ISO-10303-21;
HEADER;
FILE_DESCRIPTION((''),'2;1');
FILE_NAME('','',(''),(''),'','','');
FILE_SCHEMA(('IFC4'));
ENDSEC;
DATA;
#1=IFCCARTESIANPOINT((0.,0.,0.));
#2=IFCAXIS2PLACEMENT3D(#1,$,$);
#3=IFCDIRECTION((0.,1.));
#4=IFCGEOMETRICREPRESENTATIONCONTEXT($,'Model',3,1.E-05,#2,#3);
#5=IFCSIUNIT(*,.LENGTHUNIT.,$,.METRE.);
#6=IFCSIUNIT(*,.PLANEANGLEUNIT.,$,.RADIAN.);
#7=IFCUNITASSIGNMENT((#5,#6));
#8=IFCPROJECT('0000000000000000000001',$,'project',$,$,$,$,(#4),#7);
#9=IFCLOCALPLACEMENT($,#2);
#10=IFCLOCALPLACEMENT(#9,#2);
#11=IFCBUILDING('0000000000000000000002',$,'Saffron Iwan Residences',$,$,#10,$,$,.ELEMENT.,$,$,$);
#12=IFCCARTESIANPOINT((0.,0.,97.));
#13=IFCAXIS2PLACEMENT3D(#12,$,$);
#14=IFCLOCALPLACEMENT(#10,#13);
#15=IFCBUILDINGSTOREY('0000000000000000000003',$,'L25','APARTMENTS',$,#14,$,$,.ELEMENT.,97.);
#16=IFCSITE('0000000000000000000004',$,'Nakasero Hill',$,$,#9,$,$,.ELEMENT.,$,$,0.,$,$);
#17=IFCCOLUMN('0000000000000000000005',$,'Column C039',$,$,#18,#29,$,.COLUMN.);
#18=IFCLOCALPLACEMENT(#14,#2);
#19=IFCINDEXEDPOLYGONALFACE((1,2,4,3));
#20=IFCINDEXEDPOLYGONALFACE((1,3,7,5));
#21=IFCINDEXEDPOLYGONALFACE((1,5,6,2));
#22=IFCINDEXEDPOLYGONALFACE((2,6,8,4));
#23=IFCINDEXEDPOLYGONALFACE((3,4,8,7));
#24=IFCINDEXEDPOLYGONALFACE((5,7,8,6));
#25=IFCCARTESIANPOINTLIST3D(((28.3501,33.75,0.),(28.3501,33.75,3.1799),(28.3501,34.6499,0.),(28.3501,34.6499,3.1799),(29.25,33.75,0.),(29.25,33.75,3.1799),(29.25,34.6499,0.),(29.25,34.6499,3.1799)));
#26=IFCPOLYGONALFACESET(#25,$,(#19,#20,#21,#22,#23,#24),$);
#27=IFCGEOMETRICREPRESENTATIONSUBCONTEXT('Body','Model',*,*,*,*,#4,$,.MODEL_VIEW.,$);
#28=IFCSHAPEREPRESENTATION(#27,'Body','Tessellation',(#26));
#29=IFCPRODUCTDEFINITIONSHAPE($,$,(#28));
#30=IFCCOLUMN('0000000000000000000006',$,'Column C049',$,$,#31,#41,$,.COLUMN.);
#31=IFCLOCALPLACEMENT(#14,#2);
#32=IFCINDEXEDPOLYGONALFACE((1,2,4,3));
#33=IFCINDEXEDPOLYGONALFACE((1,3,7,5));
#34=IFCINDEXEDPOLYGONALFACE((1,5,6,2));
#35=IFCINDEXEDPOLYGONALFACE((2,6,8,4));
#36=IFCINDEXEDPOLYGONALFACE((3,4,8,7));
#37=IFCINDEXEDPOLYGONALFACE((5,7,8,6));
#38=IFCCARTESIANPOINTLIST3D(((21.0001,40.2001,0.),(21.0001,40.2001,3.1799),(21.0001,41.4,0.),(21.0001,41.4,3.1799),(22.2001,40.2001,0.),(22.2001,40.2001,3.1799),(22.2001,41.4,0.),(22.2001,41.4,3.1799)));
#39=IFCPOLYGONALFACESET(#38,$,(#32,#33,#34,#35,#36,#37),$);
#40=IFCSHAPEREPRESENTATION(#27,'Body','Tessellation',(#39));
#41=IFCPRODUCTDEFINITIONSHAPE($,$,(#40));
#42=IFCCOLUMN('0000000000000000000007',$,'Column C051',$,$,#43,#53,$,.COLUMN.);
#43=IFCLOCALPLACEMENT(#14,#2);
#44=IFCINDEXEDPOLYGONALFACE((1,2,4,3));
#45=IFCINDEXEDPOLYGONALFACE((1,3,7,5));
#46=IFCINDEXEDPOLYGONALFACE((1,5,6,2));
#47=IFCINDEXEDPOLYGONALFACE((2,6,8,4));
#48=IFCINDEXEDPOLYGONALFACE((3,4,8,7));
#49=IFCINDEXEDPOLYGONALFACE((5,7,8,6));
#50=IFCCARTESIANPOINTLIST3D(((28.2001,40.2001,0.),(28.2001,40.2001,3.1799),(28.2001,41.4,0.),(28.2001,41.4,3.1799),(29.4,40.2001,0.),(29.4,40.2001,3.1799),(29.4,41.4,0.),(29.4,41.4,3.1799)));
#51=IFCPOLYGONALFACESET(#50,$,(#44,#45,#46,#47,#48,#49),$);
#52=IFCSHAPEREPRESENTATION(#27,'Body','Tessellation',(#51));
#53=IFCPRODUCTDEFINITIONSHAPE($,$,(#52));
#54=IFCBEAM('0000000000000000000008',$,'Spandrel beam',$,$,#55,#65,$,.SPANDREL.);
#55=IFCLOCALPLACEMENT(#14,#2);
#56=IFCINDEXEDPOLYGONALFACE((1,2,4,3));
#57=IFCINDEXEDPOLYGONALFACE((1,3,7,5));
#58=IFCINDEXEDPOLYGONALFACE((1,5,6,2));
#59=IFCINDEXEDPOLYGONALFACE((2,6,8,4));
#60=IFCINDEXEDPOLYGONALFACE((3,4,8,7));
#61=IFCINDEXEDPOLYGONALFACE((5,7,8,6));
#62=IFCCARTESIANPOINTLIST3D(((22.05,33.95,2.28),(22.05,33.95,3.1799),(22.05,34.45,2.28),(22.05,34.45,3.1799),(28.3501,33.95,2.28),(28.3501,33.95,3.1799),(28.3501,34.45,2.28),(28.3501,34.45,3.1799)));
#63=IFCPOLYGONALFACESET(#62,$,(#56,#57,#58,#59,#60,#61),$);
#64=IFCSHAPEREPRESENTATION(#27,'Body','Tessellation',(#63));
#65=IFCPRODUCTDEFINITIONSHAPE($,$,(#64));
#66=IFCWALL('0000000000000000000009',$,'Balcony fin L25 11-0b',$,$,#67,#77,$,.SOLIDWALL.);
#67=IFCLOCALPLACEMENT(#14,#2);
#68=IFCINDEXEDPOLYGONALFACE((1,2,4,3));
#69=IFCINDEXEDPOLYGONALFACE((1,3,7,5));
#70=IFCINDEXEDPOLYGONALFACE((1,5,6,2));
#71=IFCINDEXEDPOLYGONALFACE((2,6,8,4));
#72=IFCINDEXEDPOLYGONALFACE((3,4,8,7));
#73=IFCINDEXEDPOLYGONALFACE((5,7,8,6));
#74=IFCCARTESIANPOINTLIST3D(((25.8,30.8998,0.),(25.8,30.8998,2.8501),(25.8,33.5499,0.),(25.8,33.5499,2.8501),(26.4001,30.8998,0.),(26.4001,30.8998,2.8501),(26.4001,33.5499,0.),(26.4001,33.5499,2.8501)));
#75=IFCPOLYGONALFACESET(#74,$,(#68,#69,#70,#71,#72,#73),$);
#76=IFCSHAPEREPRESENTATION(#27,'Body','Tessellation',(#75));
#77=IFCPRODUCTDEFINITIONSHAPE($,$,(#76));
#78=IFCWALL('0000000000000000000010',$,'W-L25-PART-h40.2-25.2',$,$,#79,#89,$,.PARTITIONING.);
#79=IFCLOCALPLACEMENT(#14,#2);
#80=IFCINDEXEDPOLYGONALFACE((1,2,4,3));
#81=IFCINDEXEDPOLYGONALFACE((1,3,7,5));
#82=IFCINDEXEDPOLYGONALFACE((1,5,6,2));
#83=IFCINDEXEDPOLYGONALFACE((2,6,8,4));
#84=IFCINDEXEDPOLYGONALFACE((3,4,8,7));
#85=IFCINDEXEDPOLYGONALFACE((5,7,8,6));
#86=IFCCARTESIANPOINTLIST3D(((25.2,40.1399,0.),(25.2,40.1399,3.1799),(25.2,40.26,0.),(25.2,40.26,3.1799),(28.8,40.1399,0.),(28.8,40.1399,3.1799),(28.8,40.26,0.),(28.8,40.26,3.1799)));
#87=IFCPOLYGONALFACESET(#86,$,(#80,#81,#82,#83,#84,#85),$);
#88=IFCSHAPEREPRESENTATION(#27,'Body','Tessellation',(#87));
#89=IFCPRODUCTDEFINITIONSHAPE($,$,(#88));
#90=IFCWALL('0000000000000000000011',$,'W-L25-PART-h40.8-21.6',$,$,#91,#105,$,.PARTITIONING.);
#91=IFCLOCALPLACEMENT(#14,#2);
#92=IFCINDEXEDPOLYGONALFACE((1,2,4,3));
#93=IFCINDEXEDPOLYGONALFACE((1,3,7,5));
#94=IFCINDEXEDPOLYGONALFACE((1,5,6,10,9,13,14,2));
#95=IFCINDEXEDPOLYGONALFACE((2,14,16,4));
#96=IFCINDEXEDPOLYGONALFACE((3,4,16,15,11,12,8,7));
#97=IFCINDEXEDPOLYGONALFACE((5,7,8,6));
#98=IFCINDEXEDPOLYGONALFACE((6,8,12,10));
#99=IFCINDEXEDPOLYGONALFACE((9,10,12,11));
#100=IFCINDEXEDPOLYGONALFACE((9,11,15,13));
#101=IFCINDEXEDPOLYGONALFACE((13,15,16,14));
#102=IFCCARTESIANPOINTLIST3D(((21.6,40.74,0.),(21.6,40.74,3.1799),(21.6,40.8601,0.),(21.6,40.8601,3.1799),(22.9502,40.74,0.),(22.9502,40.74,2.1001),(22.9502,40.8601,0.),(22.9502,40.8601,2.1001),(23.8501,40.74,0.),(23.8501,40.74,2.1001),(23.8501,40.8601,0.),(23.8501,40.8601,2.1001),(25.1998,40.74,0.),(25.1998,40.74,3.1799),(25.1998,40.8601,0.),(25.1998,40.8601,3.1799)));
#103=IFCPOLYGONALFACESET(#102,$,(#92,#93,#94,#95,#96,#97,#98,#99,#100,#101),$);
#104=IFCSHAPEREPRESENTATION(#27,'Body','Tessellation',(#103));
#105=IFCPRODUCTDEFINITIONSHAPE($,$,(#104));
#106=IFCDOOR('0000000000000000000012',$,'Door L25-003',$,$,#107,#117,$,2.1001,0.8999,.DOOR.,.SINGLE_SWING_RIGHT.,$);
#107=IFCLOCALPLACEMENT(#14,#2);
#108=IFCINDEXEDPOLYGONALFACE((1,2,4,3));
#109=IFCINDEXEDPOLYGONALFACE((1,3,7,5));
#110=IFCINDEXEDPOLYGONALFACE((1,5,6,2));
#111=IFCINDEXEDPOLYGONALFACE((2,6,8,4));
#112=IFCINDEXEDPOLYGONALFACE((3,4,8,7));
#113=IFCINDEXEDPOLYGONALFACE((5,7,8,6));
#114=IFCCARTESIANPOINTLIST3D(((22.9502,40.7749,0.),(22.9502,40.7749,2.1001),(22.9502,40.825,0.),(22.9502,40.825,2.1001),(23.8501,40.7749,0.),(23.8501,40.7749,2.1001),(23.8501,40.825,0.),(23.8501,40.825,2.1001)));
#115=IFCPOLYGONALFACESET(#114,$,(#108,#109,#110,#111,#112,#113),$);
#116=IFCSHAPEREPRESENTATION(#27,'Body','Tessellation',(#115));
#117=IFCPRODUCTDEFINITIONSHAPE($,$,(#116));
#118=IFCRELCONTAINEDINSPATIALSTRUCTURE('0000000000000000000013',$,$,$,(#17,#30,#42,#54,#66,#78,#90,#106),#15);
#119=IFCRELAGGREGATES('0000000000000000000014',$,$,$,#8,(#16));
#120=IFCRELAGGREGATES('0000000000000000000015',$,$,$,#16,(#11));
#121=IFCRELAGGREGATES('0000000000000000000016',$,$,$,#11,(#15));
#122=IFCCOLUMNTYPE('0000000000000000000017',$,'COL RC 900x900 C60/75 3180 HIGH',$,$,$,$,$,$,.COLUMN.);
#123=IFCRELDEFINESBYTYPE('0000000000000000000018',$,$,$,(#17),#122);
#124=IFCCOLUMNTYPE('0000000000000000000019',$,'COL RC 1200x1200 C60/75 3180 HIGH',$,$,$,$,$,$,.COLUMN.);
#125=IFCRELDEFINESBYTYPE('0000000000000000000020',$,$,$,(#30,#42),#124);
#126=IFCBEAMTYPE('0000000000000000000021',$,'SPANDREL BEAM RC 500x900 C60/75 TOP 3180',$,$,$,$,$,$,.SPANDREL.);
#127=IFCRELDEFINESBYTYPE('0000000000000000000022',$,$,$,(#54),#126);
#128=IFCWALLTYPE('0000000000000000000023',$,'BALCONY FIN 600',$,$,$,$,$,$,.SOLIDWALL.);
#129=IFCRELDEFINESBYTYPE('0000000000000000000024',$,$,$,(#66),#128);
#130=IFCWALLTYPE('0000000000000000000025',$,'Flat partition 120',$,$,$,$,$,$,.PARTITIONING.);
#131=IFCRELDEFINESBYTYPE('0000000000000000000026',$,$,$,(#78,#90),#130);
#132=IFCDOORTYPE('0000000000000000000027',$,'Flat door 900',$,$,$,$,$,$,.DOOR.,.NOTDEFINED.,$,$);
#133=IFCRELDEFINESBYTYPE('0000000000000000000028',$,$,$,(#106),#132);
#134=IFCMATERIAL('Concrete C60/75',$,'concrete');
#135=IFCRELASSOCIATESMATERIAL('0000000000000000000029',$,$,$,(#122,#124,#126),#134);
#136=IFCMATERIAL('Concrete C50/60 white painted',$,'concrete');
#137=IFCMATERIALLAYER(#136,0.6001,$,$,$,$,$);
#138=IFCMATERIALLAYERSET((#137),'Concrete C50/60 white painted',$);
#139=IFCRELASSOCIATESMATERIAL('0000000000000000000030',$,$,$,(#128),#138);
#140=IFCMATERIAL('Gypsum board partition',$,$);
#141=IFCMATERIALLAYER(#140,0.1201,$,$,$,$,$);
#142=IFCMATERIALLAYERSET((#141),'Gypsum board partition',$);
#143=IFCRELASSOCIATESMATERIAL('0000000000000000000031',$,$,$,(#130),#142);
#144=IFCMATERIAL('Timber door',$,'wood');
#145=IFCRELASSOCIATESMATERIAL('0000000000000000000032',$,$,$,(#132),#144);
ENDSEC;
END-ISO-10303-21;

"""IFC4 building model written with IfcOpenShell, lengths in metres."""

from ifc_helpers import new_model, si_unit, direction, frame, frame_2d, origin, origin_2d, place, context, subcontext, project, spatial, rectangle, extrude, source, transform, mapped, material, layer, layer_set, material_profile, profile_set, type_object, element, fill, save


model = new_model("IFC4")

# Units and contexts
model_context = context("Model", 3, precision=1e-05, world=origin(), true_north=direction((0.0, 1.0)))
body_context = subcontext(model_context, "Body", "Model", "MODEL_VIEW")
ifc_project = project(units=[si_unit("LENGTHUNIT", "METRE"), si_unit("PLANEANGLEUNIT", "RADIAN")], contexts=[model_context])

# Site, building, storey
site_placement = place(None, origin())
site = spatial("IfcSite", under=ifc_project, at=site_placement, Name="Nakasero Hill", CompositionType="ELEMENT", RefElevation=0.0)
building_placement = place(site_placement, origin())
building = spatial("IfcBuilding", under=site, at=building_placement, Name="Saffron Iwan Residences", CompositionType="ELEMENT")
storey_placement = place(building_placement, frame((0.0, 0.0, 97.0)))
storey = spatial("IfcBuildingStorey", under=building, at=storey_placement, Name="L25", Description="APARTMENTS", CompositionType="ELEMENT", Elevation=97.0)

# Columns
ifc_material_1 = material(Name="Concrete C60/75", Category="concrete")
ifc_material_profile_1 = material_profile(ifc_material_1, rectangle(XDim=0.8999, YDim=0.8999, at=origin_2d()), Name="RC 900x900")
ifc_profile_set_1 = profile_set([ifc_material_profile_1], Name="Concrete C60/75")
column_type_1 = type_object("IfcColumnType", Name="COL RC 900x900 C60/75 3180 HIGH", PredefinedType="COLUMN", material=ifc_profile_set_1)
shared_shape_1 = source(origin(), body_context, "Body", "SweptSolid", [
    extrude(rectangle(XDim=0.8999, YDim=0.8999, at=origin_2d()), origin(), (0.0, 0.0, 1.0), 3.1799),
])
column_placement = place(storey_placement, frame((28.8, 34.2, 0.0), z_axis=(0.0, 0.0, 1.0), x_axis=(1.0, 0.0, 0.0)))
element("IfcColumn", 1, at=column_placement, inside=storey, type_object=column_type_1, Name="Column C039", PredefinedType="COLUMN", context=body_context, shape_type="MappedRepresentation", body=[
    mapped(shared_shape_1, transform((0.0, 0.0, 0.0))),
])
ifc_material_profile_2 = material_profile(ifc_material_1, rectangle(XDim=1.2, YDim=1.2, at=origin_2d()), Name="RC 1200x1200")
ifc_profile_set_2 = profile_set([ifc_material_profile_2], Name="Concrete C60/75")
column_type_2 = type_object("IfcColumnType", Name="COL RC 1200x1200 C60/75 3180 HIGH", PredefinedType="COLUMN", material=ifc_profile_set_2)
shared_shape_2 = source(origin(), body_context, "Body", "SweptSolid", [
    extrude(rectangle(XDim=1.2, YDim=1.2, at=origin_2d()), origin(), (0.0, 0.0, 1.0), 3.1799),
])
for number, where, z_axis, x_axis, name in (
    (2, (21.6001, 40.8, 0.0), (0.0, 0.0, 1.0), (1.0, 0.0, 0.0), "Column C049"),
    (3, (28.8, 40.8, 0.0), (0.0, 0.0, 1.0), (1.0, 0.0, 0.0), "Column C051"),
):
    element("IfcColumn", number, at=place(storey_placement, frame(where, z_axis=z_axis, x_axis=x_axis)), inside=storey, type_object=column_type_2, Name=name, PredefinedType="COLUMN", context=body_context, shape_type="MappedRepresentation", body=[
        mapped(shared_shape_2, transform((0.0, 0.0, 0.0))),
    ])

# Beam
ifc_material_profile_3 = material_profile(ifc_material_1, rectangle(XDim=0.5, YDim=0.8999, at=origin_2d()), Name="RC 500x900")
ifc_profile_set_3 = profile_set([ifc_material_profile_3], Name="Concrete C60/75")
beam_type = type_object("IfcBeamType", Name="SPANDREL BEAM RC 500x900 C60/75 TOP 3180", PredefinedType="SPANDREL", material=ifc_profile_set_3)
shared_shape_3 = source(origin(), body_context, "Body", "SweptSolid", [
    extrude(rectangle(XDim=0.5, YDim=0.8999, at=origin_2d()), origin(), (0.0, 0.0, 1.0), 6.3),
])
beam_placement = place(storey_placement, frame((28.3501, 34.2, 2.73), z_axis=(-1.0, 0.0, 0.0), x_axis=(0.0, -1.0, 0.0)))
element("IfcBeam", 4, at=beam_placement, inside=storey, type_object=beam_type, Name="Spandrel beam", PredefinedType="SPANDREL", context=body_context, shape_type="MappedRepresentation", body=[
    mapped(shared_shape_3, transform((0.0, 0.0, 0.0))),
])

# Walls
ifc_material_2 = material(Name="Concrete C50/60 white painted", Category="concrete")
ifc_layer_1 = layer(ifc_material_2, 0.6001)
ifc_layer_set_1 = layer_set([ifc_layer_1], Name="Concrete C50/60 white painted")
wall_type_1 = type_object("IfcWallType", Name="BALCONY FIN 600", PredefinedType="SOLIDWALL", material=ifc_layer_set_1)
wall_1_placement = place(storey_placement, frame((26.1001, 33.55, 0.0), z_axis=(0.0, 0.0, 1.0), x_axis=(0.0, -1.0, 0.0)))
element("IfcWall", 5, at=wall_1_placement, inside=storey, type_object=wall_type_1, Name="Balcony fin L25 11-0b", PredefinedType="SOLIDWALL", context=body_context, shape_type="SweptSolid", body=[
    extrude(rectangle(XDim=2.6501, YDim=0.6001, at=frame_2d((1.3252, 0.0))), origin(), (0.0, 0.0, 1.0), 2.8501),
])
ifc_material_3 = material(Name="Gypsum board partition")
ifc_layer_2 = layer(ifc_material_3, 0.1201)
ifc_layer_set_2 = layer_set([ifc_layer_2], Name="Gypsum board partition")
wall_type_2 = type_object("IfcWallType", Name="Flat partition 120", PredefinedType="PARTITIONING", material=ifc_layer_set_2)
wall_2_placement = place(storey_placement, frame((25.2, 40.2, 0.0), z_axis=(0.0, 0.0, 1.0), x_axis=(1.0, 0.0, 0.0)))
element("IfcWall", 6, at=wall_2_placement, inside=storey, type_object=wall_type_2, Name="W-L25-PART-h40.2-25.2", PredefinedType="PARTITIONING", context=body_context, shape_type="SweptSolid", body=[
    extrude(rectangle(XDim=3.6001, YDim=0.1201, at=frame_2d((1.8, 0.0))), origin(), (0.0, 0.0, 1.0), 3.1799),
])

# Wall, opening, door
wall_3_placement = place(storey_placement, frame((21.6001, 40.8, 0.0), z_axis=(0.0, 0.0, 1.0), x_axis=(1.0, 0.0, 0.0)))
wall_3 = element("IfcWall", 7, at=wall_3_placement, inside=storey, type_object=wall_type_2, Name="W-L25-PART-h40.8-21.6", PredefinedType="PARTITIONING", context=body_context, shape_type="SweptSolid", body=[
    extrude(rectangle(XDim=3.5999, YDim=0.1201, at=frame_2d((1.7998, 0.0))), origin(), (0.0, 0.0, 1.0), 3.1799),
])
opening_1_placement = place(wall_3_placement, frame((1.3501, 0.0, 0.0)))
opening_1 = element("IfcOpeningElement", 8, at=opening_1_placement, cuts=wall_3, PredefinedType="OPENING", context=body_context, shape_type="SweptSolid", body=[
    extrude(rectangle(XDim=0.8999, YDim=2.1001, at=frame_2d((0.45, 1.05))), frame((0.0, 0.0701, 0.0), z_axis=(0.0, -1.0, 0.0), x_axis=(1.0, 0.0, 0.0)), (0.0, 0.0, 1.0), 0.1401),
])
ifc_material_4 = material(Name="Timber door", Category="wood")
door_type_1 = type_object("IfcDoorType", Name="Flat door 900", OperationType="NOTDEFINED", PredefinedType="DOOR", material=ifc_material_4)
door_1_placement = place(opening_1_placement, origin())
door_1 = element("IfcDoor", 9, at=door_1_placement, inside=storey, type_object=door_type_1, Name="Door L25-003", OperationType="SINGLE_SWING_RIGHT", OverallHeight=2.1001, OverallWidth=0.8999, PredefinedType="DOOR", context=body_context, shape_type="SweptSolid", body=[
    extrude(rectangle(XDim=0.8999, YDim=2.1001, at=frame_2d((0.45, 1.05))), frame((0.0, 0.0249, 0.0), z_axis=(0.0, -1.0, 0.0), x_axis=(1.0, 0.0, 0.0)), (0.0, 0.0, 1.0), 0.05),
])
fill(opening_1, door_1)

save(model, "model.ifc")
